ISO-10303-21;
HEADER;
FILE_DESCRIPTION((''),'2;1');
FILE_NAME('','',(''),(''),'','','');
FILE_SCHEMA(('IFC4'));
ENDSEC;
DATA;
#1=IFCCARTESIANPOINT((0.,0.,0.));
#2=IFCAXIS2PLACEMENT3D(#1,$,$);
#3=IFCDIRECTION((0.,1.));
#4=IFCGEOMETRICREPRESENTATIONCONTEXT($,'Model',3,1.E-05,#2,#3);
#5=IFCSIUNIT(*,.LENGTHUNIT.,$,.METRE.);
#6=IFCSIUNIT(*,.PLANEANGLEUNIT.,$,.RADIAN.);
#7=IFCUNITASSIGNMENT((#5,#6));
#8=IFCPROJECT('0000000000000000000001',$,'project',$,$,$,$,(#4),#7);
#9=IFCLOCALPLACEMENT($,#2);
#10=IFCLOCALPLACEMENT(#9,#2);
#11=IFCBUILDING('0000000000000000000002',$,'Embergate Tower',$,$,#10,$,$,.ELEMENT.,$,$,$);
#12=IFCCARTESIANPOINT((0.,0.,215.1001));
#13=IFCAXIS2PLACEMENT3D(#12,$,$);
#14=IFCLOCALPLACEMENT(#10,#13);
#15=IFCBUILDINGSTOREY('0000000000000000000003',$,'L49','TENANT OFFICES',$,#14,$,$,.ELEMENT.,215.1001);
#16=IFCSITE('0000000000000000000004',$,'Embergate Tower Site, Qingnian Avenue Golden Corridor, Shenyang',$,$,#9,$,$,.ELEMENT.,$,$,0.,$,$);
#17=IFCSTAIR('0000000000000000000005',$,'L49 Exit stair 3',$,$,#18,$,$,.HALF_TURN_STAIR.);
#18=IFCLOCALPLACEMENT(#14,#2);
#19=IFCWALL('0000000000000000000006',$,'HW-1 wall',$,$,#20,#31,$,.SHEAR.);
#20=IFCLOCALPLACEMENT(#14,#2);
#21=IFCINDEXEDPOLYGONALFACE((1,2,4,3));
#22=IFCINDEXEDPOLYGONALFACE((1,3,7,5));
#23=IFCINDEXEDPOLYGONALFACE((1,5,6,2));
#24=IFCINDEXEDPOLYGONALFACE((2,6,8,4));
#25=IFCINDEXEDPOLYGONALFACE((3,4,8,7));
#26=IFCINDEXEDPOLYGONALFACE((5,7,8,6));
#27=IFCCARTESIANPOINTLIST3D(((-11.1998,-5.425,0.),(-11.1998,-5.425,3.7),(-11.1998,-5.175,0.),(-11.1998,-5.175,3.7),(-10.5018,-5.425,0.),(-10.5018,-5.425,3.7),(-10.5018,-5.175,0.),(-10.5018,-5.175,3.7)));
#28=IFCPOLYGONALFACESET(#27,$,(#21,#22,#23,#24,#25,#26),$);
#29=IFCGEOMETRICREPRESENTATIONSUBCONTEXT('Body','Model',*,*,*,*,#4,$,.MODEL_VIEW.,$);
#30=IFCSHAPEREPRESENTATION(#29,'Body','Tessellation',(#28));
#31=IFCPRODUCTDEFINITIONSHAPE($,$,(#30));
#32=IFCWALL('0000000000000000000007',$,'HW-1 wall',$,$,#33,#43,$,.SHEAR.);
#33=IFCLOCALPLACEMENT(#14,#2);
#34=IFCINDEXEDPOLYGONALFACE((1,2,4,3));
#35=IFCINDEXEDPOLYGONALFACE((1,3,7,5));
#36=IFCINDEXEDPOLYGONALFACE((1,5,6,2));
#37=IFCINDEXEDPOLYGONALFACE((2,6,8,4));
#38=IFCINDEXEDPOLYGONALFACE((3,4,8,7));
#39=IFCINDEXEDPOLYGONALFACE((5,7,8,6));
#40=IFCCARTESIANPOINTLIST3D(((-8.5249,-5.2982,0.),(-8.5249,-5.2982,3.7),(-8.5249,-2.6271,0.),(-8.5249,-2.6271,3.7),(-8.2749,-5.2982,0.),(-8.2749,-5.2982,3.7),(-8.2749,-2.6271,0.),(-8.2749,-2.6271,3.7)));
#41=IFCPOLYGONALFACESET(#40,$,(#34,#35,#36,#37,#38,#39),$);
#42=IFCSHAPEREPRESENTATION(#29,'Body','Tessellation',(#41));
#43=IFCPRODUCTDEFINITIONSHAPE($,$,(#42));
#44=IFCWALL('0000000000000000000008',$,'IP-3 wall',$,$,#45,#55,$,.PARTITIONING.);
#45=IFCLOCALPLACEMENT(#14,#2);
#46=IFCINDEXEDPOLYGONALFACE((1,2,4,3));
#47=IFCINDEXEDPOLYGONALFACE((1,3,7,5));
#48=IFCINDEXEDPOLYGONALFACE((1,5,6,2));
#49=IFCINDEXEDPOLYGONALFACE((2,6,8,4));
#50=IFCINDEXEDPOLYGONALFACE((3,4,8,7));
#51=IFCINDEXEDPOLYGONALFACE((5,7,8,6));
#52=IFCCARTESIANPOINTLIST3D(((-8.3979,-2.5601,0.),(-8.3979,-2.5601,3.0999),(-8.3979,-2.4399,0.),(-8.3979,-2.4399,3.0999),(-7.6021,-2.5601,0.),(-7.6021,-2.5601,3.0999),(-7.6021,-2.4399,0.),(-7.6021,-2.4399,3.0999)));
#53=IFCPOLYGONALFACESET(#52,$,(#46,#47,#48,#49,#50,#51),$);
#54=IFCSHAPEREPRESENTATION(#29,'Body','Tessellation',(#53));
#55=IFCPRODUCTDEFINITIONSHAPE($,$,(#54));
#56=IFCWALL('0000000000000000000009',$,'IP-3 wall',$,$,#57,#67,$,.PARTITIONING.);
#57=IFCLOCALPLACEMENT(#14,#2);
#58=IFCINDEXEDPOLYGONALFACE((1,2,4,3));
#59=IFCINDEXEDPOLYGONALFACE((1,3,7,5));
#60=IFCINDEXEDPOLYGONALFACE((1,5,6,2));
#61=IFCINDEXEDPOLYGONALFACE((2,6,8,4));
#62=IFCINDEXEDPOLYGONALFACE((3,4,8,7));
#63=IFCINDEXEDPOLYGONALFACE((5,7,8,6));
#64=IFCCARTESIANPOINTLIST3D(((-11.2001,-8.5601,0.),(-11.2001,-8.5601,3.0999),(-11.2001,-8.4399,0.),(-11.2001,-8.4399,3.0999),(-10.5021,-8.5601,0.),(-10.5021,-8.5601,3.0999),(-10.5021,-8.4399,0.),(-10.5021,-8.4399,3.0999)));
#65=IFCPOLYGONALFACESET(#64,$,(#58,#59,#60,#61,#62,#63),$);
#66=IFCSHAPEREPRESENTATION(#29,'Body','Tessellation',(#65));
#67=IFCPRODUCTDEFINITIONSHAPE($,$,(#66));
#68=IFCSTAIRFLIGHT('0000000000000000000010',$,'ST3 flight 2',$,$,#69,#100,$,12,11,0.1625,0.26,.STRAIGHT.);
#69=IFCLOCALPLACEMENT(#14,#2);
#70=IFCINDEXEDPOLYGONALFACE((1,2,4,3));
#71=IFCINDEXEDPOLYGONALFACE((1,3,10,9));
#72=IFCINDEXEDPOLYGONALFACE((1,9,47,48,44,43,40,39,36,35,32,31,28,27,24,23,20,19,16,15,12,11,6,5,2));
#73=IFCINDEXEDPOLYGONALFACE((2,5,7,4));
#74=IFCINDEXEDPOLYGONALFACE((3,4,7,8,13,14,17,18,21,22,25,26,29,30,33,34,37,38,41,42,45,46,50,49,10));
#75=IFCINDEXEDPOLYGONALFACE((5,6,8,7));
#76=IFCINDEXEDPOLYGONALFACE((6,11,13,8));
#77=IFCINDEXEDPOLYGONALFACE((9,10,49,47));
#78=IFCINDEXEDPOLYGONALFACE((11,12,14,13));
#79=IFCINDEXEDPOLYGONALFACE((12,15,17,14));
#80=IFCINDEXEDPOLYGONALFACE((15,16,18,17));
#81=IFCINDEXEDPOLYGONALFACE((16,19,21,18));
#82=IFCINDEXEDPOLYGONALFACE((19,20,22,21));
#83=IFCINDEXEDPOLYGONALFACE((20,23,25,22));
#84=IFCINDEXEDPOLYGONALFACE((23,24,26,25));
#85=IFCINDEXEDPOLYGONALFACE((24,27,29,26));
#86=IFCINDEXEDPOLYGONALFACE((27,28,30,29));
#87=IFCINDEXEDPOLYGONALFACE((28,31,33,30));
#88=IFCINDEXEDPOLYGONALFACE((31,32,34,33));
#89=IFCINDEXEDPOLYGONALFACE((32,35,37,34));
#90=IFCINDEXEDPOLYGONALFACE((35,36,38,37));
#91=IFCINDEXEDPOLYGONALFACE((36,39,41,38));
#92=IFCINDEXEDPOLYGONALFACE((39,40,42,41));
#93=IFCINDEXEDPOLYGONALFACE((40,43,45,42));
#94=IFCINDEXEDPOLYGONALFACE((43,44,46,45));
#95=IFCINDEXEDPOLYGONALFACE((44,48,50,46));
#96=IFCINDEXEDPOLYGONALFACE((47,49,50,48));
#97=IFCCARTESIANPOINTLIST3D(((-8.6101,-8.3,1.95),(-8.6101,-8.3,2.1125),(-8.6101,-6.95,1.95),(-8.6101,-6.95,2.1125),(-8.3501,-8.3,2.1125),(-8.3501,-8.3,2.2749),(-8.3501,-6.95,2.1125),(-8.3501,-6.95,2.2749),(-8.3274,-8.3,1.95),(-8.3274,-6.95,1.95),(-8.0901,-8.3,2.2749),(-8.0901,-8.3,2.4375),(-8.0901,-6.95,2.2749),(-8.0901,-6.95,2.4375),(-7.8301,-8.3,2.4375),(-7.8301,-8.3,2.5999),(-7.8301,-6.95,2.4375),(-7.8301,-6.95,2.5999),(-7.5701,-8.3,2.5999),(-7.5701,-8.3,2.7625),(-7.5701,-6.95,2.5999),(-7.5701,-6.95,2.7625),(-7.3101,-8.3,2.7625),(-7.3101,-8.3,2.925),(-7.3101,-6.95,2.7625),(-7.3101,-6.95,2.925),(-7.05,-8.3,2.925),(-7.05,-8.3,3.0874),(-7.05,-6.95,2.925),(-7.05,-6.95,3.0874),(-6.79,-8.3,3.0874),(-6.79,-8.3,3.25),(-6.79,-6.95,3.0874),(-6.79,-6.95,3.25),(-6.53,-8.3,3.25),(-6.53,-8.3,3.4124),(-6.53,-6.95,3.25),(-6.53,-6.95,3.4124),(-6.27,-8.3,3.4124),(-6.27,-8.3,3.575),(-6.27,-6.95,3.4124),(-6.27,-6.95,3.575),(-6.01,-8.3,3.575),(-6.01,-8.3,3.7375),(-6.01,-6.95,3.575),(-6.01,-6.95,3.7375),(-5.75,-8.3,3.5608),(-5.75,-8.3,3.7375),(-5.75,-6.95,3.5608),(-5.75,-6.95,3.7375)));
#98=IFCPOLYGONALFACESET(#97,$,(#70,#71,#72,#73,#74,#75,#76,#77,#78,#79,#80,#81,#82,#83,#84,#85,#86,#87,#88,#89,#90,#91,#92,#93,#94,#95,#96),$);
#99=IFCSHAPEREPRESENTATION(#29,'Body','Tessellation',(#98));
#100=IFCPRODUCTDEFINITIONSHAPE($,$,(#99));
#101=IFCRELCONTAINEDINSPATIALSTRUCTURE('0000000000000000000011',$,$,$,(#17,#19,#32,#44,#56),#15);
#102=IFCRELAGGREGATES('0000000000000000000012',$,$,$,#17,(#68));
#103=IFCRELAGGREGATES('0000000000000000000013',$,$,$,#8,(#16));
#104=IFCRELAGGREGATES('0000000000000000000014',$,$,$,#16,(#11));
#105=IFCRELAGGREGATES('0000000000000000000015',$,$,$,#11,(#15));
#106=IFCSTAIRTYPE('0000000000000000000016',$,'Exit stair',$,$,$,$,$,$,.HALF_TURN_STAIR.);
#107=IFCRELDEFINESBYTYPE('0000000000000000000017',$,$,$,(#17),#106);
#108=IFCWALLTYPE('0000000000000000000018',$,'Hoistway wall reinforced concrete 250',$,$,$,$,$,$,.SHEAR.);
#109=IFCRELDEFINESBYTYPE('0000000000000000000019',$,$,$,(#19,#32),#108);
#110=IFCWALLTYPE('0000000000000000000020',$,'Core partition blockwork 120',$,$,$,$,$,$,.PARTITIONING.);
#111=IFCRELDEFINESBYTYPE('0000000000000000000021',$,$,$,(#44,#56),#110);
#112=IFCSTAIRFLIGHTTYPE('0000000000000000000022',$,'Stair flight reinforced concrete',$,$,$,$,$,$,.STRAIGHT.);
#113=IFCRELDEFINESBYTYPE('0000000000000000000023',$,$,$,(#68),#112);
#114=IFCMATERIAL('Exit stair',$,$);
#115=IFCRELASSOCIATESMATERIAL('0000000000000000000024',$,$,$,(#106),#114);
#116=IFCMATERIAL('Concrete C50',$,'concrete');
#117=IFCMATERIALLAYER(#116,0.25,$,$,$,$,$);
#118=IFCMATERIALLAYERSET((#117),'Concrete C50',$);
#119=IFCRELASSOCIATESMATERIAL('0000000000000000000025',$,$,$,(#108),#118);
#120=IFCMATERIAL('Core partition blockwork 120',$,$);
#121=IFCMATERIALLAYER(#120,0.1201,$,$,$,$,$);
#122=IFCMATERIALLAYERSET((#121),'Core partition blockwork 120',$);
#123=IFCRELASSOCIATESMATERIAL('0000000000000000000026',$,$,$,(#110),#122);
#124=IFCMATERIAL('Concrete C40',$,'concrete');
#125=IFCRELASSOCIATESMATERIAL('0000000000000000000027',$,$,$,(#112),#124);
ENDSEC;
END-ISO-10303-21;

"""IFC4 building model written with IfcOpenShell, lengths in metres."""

from ifc_helpers import new_model, si_unit, direction, frame, frame_2d, origin, place, context, subcontext, project, spatial, polyline, rectangle, outline, extrude, source, transform, mapped, material, layer, layer_set, type_object, element, aggregate, save


model = new_model("IFC4")

# Units and contexts
model_context = context("Model", 3, precision=1e-05, world=origin(), true_north=direction((0.0, 1.0)))
body_context = subcontext(model_context, "Body", "Model", "MODEL_VIEW")
ifc_project = project(units=[si_unit("LENGTHUNIT", "METRE"), si_unit("PLANEANGLEUNIT", "RADIAN")], contexts=[model_context])

# Site, building, storey
site_placement = place(None, origin())
site = spatial("IfcSite", under=ifc_project, at=site_placement, Name="Embergate Tower Site, Qingnian Avenue Golden Corridor, Shenyang", CompositionType="ELEMENT", RefElevation=0.0)
building_placement = place(site_placement, origin())
building = spatial("IfcBuilding", under=site, at=building_placement, Name="Embergate Tower", CompositionType="ELEMENT")
storey_placement = place(building_placement, frame((0.0, 0.0, 215.1001)))
storey = spatial("IfcBuildingStorey", under=building, at=storey_placement, Name="L49", Description="TENANT OFFICES", CompositionType="ELEMENT", Elevation=215.1001)

# Stair
ifc_material_1 = material(Name="Exit stair")
stair_type = type_object("IfcStairType", Name="Exit stair", PredefinedType="HALF_TURN_STAIR", material=ifc_material_1)
stair_placement = place(storey_placement, origin())
stair = element("IfcStair", 1, at=stair_placement, inside=storey, type_object=stair_type, Name="L49 Exit stair 3", PredefinedType="HALF_TURN_STAIR")
ifc_material_2 = material(Name="Concrete C40", Category="concrete")

# Shared definitions
ifc_material_3 = material(Name="Concrete C50", Category="concrete")
ifc_layer_1 = layer(ifc_material_3, 0.25)
ifc_layer_set_1 = layer_set([ifc_layer_1], Name="Concrete C50")
wall_type_1 = type_object("IfcWallType", Name="Hoistway wall reinforced concrete 250", PredefinedType="SHEAR", material=ifc_layer_set_1)

# Walls
shared_shape_1 = source(origin(), body_context, "Body", "SweptSolid", [
    extrude(rectangle(XDim=0.698, YDim=0.25, at=frame_2d((0.3491, 0.0))), origin(), (0.0, 0.0, 1.0), 3.7),
])
wall_1_placement = place(storey_placement, frame((-11.2, -5.3, 0.0), z_axis=(0.0, 0.0, 1.0), x_axis=(1.0, 0.0, 0.0)))
element("IfcWall", 2, at=wall_1_placement, inside=storey, type_object=wall_type_1, Name="HW-1 wall", PredefinedType="SHEAR", context=body_context, shape_type="MappedRepresentation", body=[
    mapped(shared_shape_1, transform((0.0, 0.0, 0.0))),
])
shared_shape_2 = source(origin(), body_context, "Body", "SweptSolid", [
    extrude(rectangle(XDim=2.6711, YDim=0.25, at=frame_2d((1.3354, 0.0))), origin(), (0.0, 0.0, 1.0), 3.7),
])
wall_2_placement = place(storey_placement, frame((-8.3999, -5.2981, 0.0), z_axis=(0.0, 0.0, 1.0), x_axis=(0.0, 1.0, 0.0)))
element("IfcWall", 3, at=wall_2_placement, inside=storey, type_object=wall_type_1, Name="HW-1 wall", PredefinedType="SHEAR", context=body_context, shape_type="MappedRepresentation", body=[
    mapped(shared_shape_2, transform((0.0, 0.0, 0.0))),
])
ifc_material_4 = material(Name="Core partition blockwork 120")
ifc_layer_2 = layer(ifc_material_4, 0.1201)
ifc_layer_set_2 = layer_set([ifc_layer_2], Name="Core partition blockwork 120")
wall_type_2 = type_object("IfcWallType", Name="Core partition blockwork 120", PredefinedType="PARTITIONING", material=ifc_layer_set_2)
shared_shape_3 = source(origin(), body_context, "Body", "SweptSolid", [
    extrude(rectangle(XDim=0.7959, YDim=0.1201, at=frame_2d((0.3979, 0.0))), origin(), (0.0, 0.0, 1.0), 3.0999),
])
wall_3_placement = place(storey_placement, frame((-8.3979, -2.5, 0.0), z_axis=(0.0, 0.0, 1.0), x_axis=(1.0, 0.0, 0.0)))
element("IfcWall", 4, at=wall_3_placement, inside=storey, type_object=wall_type_2, Name="IP-3 wall", PredefinedType="PARTITIONING", context=body_context, shape_type="MappedRepresentation", body=[
    mapped(shared_shape_3, transform((0.0, 0.0, 0.0))),
])
shared_shape_4 = source(origin(), body_context, "Body", "SweptSolid", [
    extrude(rectangle(XDim=0.698, YDim=0.1201, at=frame_2d((0.3491, 0.0))), origin(), (0.0, 0.0, 1.0), 3.0999),
])
wall_4_placement = place(storey_placement, frame((-10.502, -8.5, 0.0), z_axis=(0.0, 0.0, 1.0), x_axis=(-1.0, 0.0, 0.0)))
element("IfcWall", 5, at=wall_4_placement, inside=storey, type_object=wall_type_2, Name="IP-3 wall", PredefinedType="PARTITIONING", context=body_context, shape_type="MappedRepresentation", body=[
    mapped(shared_shape_4, transform((0.0, 0.0, 0.0))),
])

# Stair flight
stair_flight_type = type_object("IfcStairFlightType", Name="Stair flight reinforced concrete", PredefinedType="STRAIGHT", material=ifc_material_2)
shared_shape_5 = source(origin(), body_context, "Body", "SweptSolid", [
    extrude(outline(polyline([(0.0, 0.0), (0.0, 0.1626), (0.26, 0.1626), (0.26, 0.325), (0.52, 0.325), (0.52, 0.4875), (0.78, 0.4875), (0.78, 0.6499), (1.04, 0.6499), (1.04, 0.8125), (1.3, 0.8125), (1.3, 0.9751), (1.5601, 0.9751), (1.5601, 1.1375), (1.8201, 1.1375), (1.8201, 1.3), (2.0801, 1.3), (2.0801, 1.4624), (2.3401, 1.4624), (2.3401, 1.625), (2.6001, 1.625), (2.6001, 1.7876), (2.8601, 1.7876), (2.8601, 1.95), (2.8601, 1.6108), (0.2827, 0.0), (0.0, 0.0)])), frame((0.0, 0.675, 0.0), z_axis=(0.0, -1.0, 0.0), x_axis=(1.0, 0.0, 0.0)), (0.0, 0.0, 1.0), 1.3501),
])
stair_flight_placement = place(storey_placement, frame((-8.6101, -7.625, 1.95), z_axis=(0.0, 0.0, 1.0), x_axis=(1.0, 0.0, 0.0)))
stair_flight = element("IfcStairFlight", 6, at=stair_flight_placement, type_object=stair_flight_type, Name="ST3 flight 2", NumberOfRisers=12, NumberOfTreads=11, PredefinedType="STRAIGHT", RiserHeight=0.1625, TreadLength=0.26, context=body_context, shape_type="MappedRepresentation", body=[
    mapped(shared_shape_5, transform((0.0, 0.0, 0.0))),
])
aggregate(stair, [stair_flight])

save(model, "model.ifc")
